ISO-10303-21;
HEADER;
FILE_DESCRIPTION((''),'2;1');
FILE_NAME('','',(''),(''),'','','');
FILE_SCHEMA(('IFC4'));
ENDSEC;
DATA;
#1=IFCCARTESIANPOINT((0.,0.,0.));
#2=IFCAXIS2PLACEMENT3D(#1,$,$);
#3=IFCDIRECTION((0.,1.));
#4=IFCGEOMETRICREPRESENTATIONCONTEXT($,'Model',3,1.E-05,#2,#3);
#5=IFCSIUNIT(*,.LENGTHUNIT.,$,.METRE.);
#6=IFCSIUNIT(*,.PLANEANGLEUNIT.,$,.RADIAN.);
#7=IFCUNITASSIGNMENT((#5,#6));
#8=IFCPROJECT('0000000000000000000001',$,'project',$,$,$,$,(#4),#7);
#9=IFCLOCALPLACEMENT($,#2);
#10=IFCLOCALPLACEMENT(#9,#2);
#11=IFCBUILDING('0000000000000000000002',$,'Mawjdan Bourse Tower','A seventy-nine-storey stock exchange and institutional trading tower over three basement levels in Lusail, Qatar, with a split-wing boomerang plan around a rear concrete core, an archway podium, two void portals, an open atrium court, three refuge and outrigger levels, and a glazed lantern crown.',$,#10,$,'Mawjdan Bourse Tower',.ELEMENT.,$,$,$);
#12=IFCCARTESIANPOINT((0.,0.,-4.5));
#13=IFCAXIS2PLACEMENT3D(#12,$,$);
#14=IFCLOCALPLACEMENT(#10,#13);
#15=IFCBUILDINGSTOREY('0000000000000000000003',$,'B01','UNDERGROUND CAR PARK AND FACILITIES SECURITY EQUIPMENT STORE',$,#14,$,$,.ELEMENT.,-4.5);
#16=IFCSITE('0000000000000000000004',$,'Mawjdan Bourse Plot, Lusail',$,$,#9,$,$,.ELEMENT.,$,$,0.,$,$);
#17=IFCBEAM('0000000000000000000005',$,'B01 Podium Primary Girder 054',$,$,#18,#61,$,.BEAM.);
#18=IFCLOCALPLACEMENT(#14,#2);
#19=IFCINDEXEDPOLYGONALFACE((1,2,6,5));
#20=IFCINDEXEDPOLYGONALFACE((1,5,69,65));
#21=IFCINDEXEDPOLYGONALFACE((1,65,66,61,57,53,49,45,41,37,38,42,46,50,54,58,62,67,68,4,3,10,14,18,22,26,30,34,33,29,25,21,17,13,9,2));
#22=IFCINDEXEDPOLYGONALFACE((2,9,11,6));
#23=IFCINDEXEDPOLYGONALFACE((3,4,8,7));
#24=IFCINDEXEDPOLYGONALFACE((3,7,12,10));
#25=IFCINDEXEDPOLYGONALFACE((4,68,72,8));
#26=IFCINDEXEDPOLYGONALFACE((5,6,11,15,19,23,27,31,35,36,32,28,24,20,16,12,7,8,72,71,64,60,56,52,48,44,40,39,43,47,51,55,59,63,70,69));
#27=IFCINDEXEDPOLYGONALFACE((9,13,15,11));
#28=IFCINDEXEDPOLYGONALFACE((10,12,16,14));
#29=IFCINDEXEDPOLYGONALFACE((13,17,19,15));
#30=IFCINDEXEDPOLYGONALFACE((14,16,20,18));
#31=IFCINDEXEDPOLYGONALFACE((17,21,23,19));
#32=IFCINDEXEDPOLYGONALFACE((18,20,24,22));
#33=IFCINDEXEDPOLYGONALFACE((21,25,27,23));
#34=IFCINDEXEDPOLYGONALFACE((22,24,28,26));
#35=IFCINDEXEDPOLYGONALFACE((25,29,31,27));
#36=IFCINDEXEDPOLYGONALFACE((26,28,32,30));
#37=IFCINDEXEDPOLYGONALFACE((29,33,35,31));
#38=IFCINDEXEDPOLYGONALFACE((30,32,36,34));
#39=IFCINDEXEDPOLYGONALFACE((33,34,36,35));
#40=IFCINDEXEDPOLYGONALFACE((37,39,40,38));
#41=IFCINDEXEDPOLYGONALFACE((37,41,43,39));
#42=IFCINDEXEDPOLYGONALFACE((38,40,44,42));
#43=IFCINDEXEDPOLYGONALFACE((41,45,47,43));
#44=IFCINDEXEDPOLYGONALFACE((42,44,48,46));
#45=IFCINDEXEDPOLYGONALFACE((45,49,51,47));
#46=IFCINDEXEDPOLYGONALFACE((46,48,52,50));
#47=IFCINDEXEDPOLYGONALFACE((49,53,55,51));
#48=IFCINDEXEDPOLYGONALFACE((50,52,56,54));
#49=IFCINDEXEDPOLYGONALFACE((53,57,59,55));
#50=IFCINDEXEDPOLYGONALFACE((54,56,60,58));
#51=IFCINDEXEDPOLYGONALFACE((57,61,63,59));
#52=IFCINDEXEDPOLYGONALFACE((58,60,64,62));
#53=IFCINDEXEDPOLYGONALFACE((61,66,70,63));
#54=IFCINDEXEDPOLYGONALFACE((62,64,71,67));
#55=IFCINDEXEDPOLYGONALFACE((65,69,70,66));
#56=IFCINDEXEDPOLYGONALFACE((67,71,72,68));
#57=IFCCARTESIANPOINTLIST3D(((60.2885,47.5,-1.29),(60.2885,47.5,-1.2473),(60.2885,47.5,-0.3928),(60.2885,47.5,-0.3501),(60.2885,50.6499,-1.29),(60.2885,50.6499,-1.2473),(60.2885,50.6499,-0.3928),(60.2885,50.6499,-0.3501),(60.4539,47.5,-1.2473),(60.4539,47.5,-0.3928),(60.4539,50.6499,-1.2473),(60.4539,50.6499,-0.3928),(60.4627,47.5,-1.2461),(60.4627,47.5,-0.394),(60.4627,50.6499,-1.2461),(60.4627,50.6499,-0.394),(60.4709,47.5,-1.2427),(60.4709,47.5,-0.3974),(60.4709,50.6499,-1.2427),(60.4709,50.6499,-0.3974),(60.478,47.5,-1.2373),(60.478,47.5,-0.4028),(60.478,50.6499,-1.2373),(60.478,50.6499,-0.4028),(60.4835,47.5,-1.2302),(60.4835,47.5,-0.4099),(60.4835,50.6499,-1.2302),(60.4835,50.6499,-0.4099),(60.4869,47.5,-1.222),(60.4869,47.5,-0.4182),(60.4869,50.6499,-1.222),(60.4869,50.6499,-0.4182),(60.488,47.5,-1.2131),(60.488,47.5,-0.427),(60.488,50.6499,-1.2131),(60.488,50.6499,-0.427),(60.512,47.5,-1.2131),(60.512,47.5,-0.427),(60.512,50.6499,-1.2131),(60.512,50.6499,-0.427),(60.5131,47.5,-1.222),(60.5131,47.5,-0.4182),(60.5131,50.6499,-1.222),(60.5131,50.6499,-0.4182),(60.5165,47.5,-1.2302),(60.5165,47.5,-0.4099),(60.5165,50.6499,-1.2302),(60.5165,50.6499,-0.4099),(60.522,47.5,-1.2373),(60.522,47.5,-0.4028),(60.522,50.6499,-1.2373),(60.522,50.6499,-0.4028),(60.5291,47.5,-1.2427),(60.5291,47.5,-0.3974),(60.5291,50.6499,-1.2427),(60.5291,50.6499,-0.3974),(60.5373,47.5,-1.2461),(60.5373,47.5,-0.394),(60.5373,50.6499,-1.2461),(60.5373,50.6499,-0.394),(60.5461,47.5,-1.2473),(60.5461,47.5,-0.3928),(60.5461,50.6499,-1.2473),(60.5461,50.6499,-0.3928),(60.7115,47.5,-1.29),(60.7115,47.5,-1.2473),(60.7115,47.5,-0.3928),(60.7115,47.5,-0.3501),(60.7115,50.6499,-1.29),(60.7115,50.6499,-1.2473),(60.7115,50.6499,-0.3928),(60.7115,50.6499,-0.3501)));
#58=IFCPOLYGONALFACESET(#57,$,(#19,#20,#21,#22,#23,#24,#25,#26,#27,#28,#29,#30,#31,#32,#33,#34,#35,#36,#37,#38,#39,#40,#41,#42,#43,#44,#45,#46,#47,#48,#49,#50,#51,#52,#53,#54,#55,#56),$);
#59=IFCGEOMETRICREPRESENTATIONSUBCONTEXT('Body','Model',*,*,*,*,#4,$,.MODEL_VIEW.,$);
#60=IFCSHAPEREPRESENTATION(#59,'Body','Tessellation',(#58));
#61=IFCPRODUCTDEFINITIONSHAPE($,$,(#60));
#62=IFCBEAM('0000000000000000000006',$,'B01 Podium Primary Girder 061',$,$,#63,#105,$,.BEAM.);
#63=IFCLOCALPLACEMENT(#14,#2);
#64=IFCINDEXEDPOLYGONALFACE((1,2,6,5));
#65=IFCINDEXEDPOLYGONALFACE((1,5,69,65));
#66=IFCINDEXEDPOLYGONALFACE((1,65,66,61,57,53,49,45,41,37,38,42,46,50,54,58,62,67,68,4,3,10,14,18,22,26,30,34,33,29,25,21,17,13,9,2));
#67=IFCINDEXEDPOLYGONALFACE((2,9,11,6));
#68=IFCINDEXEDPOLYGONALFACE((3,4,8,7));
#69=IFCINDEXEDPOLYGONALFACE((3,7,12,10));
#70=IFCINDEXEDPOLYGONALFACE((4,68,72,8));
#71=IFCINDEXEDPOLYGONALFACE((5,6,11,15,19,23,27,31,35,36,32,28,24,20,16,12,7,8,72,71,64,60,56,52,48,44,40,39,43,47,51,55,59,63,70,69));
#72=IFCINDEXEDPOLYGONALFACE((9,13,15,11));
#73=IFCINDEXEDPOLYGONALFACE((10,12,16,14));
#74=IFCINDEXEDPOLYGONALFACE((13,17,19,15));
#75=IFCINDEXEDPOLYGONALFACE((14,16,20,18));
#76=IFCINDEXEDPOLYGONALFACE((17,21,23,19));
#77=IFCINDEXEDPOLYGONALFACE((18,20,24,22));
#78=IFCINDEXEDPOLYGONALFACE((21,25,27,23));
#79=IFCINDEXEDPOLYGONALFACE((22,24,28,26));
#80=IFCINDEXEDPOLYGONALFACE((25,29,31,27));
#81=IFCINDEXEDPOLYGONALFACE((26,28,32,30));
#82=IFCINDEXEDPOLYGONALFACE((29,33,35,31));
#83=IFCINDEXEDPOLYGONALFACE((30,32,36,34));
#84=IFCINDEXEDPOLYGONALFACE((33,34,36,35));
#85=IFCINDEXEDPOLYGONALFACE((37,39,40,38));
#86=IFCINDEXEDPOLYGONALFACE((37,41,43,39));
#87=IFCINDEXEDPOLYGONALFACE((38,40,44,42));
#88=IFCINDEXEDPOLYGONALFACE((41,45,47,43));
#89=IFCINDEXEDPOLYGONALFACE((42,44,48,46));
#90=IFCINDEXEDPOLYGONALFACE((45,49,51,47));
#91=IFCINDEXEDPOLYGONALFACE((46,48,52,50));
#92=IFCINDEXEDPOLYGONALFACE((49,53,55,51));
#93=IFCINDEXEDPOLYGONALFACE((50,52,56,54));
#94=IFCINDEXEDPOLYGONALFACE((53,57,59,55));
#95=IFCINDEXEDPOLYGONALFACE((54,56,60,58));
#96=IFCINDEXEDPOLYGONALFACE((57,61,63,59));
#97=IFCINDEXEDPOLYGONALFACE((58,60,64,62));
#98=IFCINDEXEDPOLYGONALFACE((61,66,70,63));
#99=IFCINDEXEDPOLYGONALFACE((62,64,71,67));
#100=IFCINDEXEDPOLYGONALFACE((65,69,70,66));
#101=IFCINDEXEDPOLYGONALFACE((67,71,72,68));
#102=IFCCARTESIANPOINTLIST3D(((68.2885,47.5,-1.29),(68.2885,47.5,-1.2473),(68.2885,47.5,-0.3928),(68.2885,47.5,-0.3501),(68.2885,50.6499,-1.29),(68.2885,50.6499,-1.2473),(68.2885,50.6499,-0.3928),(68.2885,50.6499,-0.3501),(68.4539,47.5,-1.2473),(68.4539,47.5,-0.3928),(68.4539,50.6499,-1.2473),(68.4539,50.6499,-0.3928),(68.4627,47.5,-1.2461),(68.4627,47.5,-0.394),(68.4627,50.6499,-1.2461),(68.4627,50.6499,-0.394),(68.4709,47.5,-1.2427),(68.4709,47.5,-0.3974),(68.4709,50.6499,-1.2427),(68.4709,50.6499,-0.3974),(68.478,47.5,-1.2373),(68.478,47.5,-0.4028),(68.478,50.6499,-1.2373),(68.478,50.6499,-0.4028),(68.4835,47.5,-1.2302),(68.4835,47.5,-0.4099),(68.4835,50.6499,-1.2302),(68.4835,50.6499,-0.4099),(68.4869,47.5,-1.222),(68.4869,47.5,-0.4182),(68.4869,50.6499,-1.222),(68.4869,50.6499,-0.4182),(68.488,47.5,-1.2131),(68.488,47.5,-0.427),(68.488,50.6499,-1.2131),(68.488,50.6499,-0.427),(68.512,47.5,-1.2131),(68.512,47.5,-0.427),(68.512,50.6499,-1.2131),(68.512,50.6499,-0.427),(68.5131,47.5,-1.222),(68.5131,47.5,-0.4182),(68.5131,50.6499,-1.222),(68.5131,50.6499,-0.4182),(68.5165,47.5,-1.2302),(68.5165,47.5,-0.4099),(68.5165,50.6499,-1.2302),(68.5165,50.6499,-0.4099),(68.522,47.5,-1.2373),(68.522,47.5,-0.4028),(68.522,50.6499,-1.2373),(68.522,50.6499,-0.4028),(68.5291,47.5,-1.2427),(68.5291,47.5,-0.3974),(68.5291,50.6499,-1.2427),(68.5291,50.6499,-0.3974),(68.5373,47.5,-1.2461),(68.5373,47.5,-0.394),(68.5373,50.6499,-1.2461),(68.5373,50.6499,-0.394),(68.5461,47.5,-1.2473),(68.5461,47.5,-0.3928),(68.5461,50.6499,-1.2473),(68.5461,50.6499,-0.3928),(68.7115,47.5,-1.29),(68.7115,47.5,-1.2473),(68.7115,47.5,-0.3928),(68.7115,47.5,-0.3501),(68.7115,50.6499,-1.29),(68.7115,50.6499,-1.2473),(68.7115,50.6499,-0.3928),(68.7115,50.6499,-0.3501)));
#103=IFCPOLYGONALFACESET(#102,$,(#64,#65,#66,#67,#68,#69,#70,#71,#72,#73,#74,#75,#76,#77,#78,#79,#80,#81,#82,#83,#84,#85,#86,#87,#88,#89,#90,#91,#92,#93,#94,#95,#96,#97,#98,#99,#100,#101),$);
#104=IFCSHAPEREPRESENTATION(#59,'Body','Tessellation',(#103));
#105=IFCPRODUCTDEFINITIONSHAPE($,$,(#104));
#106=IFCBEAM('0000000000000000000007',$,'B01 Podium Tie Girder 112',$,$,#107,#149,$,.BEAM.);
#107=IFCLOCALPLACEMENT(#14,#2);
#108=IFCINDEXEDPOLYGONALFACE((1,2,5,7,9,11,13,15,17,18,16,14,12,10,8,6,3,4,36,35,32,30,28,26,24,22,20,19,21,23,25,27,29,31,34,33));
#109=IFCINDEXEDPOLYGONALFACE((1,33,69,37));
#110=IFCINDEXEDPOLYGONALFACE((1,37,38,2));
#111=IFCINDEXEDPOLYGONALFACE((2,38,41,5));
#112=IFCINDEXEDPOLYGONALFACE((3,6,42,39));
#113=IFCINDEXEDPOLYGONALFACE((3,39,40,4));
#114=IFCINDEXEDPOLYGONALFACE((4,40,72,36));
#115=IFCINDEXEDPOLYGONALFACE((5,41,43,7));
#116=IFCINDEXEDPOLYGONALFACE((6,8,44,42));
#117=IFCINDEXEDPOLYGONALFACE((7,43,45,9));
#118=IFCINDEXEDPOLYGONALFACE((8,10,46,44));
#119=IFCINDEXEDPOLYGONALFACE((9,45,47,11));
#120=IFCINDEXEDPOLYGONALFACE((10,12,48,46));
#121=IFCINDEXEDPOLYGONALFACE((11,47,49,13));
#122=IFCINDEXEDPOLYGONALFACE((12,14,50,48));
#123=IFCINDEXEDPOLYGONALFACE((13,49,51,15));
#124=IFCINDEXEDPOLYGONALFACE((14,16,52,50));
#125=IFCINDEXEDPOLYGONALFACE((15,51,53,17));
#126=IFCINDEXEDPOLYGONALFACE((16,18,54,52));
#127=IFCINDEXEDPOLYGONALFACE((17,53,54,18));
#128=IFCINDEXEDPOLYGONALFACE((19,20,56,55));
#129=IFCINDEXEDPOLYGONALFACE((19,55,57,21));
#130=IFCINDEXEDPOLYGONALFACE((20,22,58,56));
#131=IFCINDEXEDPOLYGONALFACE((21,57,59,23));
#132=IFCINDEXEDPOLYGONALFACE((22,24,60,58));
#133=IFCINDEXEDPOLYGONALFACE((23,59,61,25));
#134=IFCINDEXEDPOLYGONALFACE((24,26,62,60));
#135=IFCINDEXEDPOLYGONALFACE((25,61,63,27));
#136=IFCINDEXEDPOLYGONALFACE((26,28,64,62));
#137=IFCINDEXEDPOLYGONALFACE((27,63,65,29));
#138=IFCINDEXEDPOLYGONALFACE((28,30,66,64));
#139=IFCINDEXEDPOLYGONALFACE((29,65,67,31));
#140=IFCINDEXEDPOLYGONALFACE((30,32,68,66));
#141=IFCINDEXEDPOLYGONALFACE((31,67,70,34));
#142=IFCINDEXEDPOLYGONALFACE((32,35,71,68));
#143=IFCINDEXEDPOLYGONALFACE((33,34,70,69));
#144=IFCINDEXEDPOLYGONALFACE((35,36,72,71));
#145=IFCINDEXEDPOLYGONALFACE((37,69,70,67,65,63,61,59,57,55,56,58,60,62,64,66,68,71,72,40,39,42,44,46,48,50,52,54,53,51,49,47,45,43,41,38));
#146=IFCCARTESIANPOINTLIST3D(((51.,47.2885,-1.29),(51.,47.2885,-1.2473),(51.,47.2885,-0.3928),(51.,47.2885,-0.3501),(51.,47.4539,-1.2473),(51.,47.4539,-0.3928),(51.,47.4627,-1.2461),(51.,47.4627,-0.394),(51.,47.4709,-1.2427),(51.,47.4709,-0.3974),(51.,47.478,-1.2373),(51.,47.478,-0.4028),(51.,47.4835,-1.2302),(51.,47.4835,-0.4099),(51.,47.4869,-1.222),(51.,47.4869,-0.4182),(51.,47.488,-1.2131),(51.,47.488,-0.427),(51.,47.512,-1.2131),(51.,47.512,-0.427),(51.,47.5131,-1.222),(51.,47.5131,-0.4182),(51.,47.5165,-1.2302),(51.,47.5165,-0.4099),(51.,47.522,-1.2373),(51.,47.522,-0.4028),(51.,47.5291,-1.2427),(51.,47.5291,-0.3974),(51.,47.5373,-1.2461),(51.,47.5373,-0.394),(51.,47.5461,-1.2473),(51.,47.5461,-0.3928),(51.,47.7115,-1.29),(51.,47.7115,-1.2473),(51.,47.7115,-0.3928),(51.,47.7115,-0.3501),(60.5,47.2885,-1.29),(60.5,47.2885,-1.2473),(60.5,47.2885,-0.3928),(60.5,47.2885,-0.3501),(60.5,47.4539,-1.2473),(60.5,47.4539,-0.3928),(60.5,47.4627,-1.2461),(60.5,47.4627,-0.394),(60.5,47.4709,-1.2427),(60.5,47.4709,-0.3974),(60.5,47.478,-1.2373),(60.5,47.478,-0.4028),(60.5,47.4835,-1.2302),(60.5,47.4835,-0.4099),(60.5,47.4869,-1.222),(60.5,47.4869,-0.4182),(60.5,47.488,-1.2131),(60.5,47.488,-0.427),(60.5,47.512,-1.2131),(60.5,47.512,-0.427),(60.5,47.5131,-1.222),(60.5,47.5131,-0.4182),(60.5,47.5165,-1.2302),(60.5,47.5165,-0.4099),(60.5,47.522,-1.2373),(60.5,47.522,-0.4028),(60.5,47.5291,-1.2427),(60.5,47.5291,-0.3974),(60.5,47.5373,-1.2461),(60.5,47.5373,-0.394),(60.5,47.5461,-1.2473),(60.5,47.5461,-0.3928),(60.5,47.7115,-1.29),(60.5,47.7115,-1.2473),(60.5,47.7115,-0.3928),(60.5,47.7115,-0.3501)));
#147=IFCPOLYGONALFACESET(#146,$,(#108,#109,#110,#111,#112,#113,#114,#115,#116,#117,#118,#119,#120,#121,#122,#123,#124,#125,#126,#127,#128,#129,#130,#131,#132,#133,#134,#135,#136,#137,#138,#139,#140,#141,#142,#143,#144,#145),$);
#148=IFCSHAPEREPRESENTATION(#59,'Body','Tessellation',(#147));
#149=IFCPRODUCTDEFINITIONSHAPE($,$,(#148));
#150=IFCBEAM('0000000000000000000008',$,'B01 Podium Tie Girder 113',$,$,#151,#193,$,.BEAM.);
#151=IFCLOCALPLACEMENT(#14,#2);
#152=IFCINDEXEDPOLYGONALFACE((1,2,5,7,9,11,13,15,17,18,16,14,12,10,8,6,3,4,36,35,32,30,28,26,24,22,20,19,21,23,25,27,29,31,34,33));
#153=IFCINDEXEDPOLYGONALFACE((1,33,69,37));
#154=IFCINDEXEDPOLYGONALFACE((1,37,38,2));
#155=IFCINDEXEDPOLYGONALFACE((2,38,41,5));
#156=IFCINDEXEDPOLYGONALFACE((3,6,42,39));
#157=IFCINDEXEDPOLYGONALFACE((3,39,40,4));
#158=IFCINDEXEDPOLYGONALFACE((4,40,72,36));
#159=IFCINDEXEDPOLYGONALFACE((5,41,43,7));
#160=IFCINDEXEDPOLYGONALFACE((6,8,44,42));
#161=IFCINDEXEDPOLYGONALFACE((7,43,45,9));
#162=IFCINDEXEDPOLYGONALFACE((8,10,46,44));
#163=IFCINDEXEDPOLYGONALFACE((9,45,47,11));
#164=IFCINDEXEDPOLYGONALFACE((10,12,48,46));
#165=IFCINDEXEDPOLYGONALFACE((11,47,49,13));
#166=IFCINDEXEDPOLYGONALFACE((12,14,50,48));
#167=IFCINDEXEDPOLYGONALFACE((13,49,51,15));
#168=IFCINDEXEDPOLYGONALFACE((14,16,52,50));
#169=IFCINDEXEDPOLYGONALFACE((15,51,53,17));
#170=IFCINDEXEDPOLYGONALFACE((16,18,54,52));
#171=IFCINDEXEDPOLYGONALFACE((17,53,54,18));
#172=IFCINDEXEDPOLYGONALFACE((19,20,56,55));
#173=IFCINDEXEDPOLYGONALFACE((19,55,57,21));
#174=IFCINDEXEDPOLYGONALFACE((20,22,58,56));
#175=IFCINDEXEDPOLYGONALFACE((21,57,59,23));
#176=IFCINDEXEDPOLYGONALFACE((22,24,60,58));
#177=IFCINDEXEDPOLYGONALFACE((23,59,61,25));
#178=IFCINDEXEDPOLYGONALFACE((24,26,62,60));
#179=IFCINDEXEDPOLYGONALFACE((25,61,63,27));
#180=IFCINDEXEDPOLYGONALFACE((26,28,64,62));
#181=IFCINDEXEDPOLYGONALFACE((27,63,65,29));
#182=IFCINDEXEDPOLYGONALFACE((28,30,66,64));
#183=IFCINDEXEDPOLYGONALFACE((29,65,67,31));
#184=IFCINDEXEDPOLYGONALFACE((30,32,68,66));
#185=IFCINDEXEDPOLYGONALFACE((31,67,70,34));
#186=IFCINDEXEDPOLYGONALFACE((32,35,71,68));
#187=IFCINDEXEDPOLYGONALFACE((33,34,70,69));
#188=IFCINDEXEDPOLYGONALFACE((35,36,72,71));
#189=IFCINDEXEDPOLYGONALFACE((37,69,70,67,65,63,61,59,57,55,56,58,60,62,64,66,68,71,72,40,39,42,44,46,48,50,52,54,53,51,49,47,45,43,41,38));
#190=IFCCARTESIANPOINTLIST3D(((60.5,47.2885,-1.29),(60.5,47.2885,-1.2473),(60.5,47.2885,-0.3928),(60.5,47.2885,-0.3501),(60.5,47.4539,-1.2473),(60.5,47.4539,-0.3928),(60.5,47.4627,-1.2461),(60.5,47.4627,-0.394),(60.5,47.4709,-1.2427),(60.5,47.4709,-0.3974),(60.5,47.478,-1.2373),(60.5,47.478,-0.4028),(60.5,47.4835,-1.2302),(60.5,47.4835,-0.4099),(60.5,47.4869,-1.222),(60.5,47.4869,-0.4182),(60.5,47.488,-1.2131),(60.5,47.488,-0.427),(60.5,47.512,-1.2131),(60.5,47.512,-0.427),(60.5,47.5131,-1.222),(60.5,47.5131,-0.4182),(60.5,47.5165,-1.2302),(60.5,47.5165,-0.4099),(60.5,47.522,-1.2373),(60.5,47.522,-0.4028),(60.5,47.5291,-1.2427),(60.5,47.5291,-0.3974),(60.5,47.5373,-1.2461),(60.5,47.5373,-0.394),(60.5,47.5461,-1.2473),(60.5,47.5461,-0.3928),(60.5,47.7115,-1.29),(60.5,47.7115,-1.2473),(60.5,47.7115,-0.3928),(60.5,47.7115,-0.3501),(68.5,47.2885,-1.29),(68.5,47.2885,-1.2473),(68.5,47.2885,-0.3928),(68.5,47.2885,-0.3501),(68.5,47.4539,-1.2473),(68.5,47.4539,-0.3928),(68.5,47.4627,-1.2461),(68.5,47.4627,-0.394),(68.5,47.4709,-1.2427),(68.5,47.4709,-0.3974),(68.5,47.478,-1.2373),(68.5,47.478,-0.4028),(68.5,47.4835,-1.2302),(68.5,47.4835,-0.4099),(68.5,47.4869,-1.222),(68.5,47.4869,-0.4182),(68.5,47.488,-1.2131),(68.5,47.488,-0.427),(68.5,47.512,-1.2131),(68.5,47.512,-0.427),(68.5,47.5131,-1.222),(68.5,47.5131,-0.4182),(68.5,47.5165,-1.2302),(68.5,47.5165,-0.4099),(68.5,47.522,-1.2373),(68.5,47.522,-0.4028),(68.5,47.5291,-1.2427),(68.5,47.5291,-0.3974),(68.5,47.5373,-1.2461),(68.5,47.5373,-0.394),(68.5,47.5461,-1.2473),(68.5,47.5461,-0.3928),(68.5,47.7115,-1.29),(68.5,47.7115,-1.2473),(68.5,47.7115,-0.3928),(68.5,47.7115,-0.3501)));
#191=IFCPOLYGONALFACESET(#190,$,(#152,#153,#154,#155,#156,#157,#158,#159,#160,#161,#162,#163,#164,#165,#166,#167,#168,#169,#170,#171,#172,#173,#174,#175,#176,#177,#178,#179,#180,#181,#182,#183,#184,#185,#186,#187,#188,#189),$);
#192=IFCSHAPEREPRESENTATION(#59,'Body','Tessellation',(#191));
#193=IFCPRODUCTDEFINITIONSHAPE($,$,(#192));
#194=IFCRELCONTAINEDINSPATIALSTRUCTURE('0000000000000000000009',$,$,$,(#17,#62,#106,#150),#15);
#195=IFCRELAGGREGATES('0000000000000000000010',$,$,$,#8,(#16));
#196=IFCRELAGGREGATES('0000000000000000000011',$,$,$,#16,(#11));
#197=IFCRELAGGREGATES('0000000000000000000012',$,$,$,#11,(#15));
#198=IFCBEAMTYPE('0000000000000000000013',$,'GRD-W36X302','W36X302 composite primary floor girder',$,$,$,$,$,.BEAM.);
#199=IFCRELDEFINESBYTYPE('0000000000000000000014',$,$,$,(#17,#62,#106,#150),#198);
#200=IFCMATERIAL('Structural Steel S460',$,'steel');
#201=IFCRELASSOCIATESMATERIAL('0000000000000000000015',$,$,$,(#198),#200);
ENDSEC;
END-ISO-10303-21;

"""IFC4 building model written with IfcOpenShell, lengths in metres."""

from ifc_helpers import new_model, si_unit, direction, frame, origin, origin_2d, place, context, subcontext, project, spatial, i_section, extrude, material, material_profile, profile_set, type_object, element, save


model = new_model("IFC4")

# Units and contexts
model_context = context("Model", 3, precision=1e-05, world=origin(), true_north=direction((0.0, 1.0)))
body_context = subcontext(model_context, "Body", "Model", "MODEL_VIEW")
ifc_project = project(units=[si_unit("LENGTHUNIT", "METRE"), si_unit("PLANEANGLEUNIT", "RADIAN")], contexts=[model_context])

# Site, building, storey
site_placement = place(None, origin())
site = spatial("IfcSite", under=ifc_project, at=site_placement, Name="Mawjdan Bourse Plot, Lusail", CompositionType="ELEMENT", RefElevation=0.0)
building_placement = place(site_placement, origin())
building = spatial("IfcBuilding", under=site, at=building_placement, Name="Mawjdan Bourse Tower", Description="A seventy-nine-storey stock exchange and institutional trading tower over three basement levels in Lusail, Qatar, with a split-wing boomerang plan around a rear concrete core, an archway podium, two void portals, an open atrium court, three refuge and outrigger levels, and a glazed lantern crown.", LongName="Mawjdan Bourse Tower", CompositionType="ELEMENT")
storey_placement = place(building_placement, frame((0.0, 0.0, -4.5)))
storey = spatial("IfcBuildingStorey", under=building, at=storey_placement, Name="B01", Description="UNDERGROUND CAR PARK AND FACILITIES SECURITY EQUIPMENT STORE", CompositionType="ELEMENT", Elevation=-4.5)

# Beams
ifc_material_1 = material(Name="Structural Steel S460", Category="steel")
ifc_material_profile_1 = material_profile(ifc_material_1, i_section(OverallWidth=0.4231, OverallDepth=0.9399, WebThickness=0.0239, FlangeThickness=0.0427, FilletRadius=0.0342, at=origin_2d()), Name="W36X302")
ifc_profile_set_1 = profile_set([ifc_material_profile_1], Name="Structural Steel S460")
beam_type_1 = type_object("IfcBeamType", Name="GRD-W36X302", Description="W36X302 composite primary floor girder", PredefinedType="BEAM", material=ifc_profile_set_1)
for number, where, z_axis, x_axis, name in (
    (1, (60.5, 47.5, -0.8201), (0.0, 1.0, 0.0), (-1.0, 0.0, 0.0), "B01 Podium Primary Girder 054"),
    (2, (68.5, 47.5, -0.8201), (0.0, 1.0, 0.0), (-1.0, 0.0, 0.0), "B01 Podium Primary Girder 061"),
):
    element("IfcBeam", number, at=place(storey_placement, frame(where, z_axis=z_axis, x_axis=x_axis)), inside=storey, type_object=beam_type_1, Name=name, PredefinedType="BEAM", context=body_context, shape_type="SweptSolid", body=[
        extrude(i_section(OverallWidth=0.4231, OverallDepth=0.9399, WebThickness=0.0239, FlangeThickness=0.0427, FilletRadius=0.0342, at=origin_2d()), origin(), (0.0, 0.0, 1.0), 3.1499),
    ])
beam_1_placement = place(storey_placement, frame((51.0, 47.5, -0.8201), z_axis=(1.0, 0.0, 0.0), x_axis=(0.0, 1.0, 0.0)))
element("IfcBeam", 3, at=beam_1_placement, inside=storey, type_object=beam_type_1, Name="B01 Podium Tie Girder 112", PredefinedType="BEAM", context=body_context, shape_type="SweptSolid", body=[
    extrude(i_section(OverallWidth=0.4231, OverallDepth=0.9399, WebThickness=0.0239, FlangeThickness=0.0427, FilletRadius=0.0342, at=origin_2d()), origin(), (0.0, 0.0, 1.0), 9.5),
])
beam_2_placement = place(storey_placement, frame((60.5, 47.5, -0.8201), z_axis=(1.0, 0.0, 0.0), x_axis=(0.0, 1.0, 0.0)))
element("IfcBeam", 4, at=beam_2_placement, inside=storey, type_object=beam_type_1, Name="B01 Podium Tie Girder 113", PredefinedType="BEAM", context=body_context, shape_type="SweptSolid", body=[
    extrude(i_section(OverallWidth=0.4231, OverallDepth=0.9399, WebThickness=0.0239, FlangeThickness=0.0427, FilletRadius=0.0342, at=origin_2d()), origin(), (0.0, 0.0, 1.0), 8.0),
])

save(model, "model.ifc")
